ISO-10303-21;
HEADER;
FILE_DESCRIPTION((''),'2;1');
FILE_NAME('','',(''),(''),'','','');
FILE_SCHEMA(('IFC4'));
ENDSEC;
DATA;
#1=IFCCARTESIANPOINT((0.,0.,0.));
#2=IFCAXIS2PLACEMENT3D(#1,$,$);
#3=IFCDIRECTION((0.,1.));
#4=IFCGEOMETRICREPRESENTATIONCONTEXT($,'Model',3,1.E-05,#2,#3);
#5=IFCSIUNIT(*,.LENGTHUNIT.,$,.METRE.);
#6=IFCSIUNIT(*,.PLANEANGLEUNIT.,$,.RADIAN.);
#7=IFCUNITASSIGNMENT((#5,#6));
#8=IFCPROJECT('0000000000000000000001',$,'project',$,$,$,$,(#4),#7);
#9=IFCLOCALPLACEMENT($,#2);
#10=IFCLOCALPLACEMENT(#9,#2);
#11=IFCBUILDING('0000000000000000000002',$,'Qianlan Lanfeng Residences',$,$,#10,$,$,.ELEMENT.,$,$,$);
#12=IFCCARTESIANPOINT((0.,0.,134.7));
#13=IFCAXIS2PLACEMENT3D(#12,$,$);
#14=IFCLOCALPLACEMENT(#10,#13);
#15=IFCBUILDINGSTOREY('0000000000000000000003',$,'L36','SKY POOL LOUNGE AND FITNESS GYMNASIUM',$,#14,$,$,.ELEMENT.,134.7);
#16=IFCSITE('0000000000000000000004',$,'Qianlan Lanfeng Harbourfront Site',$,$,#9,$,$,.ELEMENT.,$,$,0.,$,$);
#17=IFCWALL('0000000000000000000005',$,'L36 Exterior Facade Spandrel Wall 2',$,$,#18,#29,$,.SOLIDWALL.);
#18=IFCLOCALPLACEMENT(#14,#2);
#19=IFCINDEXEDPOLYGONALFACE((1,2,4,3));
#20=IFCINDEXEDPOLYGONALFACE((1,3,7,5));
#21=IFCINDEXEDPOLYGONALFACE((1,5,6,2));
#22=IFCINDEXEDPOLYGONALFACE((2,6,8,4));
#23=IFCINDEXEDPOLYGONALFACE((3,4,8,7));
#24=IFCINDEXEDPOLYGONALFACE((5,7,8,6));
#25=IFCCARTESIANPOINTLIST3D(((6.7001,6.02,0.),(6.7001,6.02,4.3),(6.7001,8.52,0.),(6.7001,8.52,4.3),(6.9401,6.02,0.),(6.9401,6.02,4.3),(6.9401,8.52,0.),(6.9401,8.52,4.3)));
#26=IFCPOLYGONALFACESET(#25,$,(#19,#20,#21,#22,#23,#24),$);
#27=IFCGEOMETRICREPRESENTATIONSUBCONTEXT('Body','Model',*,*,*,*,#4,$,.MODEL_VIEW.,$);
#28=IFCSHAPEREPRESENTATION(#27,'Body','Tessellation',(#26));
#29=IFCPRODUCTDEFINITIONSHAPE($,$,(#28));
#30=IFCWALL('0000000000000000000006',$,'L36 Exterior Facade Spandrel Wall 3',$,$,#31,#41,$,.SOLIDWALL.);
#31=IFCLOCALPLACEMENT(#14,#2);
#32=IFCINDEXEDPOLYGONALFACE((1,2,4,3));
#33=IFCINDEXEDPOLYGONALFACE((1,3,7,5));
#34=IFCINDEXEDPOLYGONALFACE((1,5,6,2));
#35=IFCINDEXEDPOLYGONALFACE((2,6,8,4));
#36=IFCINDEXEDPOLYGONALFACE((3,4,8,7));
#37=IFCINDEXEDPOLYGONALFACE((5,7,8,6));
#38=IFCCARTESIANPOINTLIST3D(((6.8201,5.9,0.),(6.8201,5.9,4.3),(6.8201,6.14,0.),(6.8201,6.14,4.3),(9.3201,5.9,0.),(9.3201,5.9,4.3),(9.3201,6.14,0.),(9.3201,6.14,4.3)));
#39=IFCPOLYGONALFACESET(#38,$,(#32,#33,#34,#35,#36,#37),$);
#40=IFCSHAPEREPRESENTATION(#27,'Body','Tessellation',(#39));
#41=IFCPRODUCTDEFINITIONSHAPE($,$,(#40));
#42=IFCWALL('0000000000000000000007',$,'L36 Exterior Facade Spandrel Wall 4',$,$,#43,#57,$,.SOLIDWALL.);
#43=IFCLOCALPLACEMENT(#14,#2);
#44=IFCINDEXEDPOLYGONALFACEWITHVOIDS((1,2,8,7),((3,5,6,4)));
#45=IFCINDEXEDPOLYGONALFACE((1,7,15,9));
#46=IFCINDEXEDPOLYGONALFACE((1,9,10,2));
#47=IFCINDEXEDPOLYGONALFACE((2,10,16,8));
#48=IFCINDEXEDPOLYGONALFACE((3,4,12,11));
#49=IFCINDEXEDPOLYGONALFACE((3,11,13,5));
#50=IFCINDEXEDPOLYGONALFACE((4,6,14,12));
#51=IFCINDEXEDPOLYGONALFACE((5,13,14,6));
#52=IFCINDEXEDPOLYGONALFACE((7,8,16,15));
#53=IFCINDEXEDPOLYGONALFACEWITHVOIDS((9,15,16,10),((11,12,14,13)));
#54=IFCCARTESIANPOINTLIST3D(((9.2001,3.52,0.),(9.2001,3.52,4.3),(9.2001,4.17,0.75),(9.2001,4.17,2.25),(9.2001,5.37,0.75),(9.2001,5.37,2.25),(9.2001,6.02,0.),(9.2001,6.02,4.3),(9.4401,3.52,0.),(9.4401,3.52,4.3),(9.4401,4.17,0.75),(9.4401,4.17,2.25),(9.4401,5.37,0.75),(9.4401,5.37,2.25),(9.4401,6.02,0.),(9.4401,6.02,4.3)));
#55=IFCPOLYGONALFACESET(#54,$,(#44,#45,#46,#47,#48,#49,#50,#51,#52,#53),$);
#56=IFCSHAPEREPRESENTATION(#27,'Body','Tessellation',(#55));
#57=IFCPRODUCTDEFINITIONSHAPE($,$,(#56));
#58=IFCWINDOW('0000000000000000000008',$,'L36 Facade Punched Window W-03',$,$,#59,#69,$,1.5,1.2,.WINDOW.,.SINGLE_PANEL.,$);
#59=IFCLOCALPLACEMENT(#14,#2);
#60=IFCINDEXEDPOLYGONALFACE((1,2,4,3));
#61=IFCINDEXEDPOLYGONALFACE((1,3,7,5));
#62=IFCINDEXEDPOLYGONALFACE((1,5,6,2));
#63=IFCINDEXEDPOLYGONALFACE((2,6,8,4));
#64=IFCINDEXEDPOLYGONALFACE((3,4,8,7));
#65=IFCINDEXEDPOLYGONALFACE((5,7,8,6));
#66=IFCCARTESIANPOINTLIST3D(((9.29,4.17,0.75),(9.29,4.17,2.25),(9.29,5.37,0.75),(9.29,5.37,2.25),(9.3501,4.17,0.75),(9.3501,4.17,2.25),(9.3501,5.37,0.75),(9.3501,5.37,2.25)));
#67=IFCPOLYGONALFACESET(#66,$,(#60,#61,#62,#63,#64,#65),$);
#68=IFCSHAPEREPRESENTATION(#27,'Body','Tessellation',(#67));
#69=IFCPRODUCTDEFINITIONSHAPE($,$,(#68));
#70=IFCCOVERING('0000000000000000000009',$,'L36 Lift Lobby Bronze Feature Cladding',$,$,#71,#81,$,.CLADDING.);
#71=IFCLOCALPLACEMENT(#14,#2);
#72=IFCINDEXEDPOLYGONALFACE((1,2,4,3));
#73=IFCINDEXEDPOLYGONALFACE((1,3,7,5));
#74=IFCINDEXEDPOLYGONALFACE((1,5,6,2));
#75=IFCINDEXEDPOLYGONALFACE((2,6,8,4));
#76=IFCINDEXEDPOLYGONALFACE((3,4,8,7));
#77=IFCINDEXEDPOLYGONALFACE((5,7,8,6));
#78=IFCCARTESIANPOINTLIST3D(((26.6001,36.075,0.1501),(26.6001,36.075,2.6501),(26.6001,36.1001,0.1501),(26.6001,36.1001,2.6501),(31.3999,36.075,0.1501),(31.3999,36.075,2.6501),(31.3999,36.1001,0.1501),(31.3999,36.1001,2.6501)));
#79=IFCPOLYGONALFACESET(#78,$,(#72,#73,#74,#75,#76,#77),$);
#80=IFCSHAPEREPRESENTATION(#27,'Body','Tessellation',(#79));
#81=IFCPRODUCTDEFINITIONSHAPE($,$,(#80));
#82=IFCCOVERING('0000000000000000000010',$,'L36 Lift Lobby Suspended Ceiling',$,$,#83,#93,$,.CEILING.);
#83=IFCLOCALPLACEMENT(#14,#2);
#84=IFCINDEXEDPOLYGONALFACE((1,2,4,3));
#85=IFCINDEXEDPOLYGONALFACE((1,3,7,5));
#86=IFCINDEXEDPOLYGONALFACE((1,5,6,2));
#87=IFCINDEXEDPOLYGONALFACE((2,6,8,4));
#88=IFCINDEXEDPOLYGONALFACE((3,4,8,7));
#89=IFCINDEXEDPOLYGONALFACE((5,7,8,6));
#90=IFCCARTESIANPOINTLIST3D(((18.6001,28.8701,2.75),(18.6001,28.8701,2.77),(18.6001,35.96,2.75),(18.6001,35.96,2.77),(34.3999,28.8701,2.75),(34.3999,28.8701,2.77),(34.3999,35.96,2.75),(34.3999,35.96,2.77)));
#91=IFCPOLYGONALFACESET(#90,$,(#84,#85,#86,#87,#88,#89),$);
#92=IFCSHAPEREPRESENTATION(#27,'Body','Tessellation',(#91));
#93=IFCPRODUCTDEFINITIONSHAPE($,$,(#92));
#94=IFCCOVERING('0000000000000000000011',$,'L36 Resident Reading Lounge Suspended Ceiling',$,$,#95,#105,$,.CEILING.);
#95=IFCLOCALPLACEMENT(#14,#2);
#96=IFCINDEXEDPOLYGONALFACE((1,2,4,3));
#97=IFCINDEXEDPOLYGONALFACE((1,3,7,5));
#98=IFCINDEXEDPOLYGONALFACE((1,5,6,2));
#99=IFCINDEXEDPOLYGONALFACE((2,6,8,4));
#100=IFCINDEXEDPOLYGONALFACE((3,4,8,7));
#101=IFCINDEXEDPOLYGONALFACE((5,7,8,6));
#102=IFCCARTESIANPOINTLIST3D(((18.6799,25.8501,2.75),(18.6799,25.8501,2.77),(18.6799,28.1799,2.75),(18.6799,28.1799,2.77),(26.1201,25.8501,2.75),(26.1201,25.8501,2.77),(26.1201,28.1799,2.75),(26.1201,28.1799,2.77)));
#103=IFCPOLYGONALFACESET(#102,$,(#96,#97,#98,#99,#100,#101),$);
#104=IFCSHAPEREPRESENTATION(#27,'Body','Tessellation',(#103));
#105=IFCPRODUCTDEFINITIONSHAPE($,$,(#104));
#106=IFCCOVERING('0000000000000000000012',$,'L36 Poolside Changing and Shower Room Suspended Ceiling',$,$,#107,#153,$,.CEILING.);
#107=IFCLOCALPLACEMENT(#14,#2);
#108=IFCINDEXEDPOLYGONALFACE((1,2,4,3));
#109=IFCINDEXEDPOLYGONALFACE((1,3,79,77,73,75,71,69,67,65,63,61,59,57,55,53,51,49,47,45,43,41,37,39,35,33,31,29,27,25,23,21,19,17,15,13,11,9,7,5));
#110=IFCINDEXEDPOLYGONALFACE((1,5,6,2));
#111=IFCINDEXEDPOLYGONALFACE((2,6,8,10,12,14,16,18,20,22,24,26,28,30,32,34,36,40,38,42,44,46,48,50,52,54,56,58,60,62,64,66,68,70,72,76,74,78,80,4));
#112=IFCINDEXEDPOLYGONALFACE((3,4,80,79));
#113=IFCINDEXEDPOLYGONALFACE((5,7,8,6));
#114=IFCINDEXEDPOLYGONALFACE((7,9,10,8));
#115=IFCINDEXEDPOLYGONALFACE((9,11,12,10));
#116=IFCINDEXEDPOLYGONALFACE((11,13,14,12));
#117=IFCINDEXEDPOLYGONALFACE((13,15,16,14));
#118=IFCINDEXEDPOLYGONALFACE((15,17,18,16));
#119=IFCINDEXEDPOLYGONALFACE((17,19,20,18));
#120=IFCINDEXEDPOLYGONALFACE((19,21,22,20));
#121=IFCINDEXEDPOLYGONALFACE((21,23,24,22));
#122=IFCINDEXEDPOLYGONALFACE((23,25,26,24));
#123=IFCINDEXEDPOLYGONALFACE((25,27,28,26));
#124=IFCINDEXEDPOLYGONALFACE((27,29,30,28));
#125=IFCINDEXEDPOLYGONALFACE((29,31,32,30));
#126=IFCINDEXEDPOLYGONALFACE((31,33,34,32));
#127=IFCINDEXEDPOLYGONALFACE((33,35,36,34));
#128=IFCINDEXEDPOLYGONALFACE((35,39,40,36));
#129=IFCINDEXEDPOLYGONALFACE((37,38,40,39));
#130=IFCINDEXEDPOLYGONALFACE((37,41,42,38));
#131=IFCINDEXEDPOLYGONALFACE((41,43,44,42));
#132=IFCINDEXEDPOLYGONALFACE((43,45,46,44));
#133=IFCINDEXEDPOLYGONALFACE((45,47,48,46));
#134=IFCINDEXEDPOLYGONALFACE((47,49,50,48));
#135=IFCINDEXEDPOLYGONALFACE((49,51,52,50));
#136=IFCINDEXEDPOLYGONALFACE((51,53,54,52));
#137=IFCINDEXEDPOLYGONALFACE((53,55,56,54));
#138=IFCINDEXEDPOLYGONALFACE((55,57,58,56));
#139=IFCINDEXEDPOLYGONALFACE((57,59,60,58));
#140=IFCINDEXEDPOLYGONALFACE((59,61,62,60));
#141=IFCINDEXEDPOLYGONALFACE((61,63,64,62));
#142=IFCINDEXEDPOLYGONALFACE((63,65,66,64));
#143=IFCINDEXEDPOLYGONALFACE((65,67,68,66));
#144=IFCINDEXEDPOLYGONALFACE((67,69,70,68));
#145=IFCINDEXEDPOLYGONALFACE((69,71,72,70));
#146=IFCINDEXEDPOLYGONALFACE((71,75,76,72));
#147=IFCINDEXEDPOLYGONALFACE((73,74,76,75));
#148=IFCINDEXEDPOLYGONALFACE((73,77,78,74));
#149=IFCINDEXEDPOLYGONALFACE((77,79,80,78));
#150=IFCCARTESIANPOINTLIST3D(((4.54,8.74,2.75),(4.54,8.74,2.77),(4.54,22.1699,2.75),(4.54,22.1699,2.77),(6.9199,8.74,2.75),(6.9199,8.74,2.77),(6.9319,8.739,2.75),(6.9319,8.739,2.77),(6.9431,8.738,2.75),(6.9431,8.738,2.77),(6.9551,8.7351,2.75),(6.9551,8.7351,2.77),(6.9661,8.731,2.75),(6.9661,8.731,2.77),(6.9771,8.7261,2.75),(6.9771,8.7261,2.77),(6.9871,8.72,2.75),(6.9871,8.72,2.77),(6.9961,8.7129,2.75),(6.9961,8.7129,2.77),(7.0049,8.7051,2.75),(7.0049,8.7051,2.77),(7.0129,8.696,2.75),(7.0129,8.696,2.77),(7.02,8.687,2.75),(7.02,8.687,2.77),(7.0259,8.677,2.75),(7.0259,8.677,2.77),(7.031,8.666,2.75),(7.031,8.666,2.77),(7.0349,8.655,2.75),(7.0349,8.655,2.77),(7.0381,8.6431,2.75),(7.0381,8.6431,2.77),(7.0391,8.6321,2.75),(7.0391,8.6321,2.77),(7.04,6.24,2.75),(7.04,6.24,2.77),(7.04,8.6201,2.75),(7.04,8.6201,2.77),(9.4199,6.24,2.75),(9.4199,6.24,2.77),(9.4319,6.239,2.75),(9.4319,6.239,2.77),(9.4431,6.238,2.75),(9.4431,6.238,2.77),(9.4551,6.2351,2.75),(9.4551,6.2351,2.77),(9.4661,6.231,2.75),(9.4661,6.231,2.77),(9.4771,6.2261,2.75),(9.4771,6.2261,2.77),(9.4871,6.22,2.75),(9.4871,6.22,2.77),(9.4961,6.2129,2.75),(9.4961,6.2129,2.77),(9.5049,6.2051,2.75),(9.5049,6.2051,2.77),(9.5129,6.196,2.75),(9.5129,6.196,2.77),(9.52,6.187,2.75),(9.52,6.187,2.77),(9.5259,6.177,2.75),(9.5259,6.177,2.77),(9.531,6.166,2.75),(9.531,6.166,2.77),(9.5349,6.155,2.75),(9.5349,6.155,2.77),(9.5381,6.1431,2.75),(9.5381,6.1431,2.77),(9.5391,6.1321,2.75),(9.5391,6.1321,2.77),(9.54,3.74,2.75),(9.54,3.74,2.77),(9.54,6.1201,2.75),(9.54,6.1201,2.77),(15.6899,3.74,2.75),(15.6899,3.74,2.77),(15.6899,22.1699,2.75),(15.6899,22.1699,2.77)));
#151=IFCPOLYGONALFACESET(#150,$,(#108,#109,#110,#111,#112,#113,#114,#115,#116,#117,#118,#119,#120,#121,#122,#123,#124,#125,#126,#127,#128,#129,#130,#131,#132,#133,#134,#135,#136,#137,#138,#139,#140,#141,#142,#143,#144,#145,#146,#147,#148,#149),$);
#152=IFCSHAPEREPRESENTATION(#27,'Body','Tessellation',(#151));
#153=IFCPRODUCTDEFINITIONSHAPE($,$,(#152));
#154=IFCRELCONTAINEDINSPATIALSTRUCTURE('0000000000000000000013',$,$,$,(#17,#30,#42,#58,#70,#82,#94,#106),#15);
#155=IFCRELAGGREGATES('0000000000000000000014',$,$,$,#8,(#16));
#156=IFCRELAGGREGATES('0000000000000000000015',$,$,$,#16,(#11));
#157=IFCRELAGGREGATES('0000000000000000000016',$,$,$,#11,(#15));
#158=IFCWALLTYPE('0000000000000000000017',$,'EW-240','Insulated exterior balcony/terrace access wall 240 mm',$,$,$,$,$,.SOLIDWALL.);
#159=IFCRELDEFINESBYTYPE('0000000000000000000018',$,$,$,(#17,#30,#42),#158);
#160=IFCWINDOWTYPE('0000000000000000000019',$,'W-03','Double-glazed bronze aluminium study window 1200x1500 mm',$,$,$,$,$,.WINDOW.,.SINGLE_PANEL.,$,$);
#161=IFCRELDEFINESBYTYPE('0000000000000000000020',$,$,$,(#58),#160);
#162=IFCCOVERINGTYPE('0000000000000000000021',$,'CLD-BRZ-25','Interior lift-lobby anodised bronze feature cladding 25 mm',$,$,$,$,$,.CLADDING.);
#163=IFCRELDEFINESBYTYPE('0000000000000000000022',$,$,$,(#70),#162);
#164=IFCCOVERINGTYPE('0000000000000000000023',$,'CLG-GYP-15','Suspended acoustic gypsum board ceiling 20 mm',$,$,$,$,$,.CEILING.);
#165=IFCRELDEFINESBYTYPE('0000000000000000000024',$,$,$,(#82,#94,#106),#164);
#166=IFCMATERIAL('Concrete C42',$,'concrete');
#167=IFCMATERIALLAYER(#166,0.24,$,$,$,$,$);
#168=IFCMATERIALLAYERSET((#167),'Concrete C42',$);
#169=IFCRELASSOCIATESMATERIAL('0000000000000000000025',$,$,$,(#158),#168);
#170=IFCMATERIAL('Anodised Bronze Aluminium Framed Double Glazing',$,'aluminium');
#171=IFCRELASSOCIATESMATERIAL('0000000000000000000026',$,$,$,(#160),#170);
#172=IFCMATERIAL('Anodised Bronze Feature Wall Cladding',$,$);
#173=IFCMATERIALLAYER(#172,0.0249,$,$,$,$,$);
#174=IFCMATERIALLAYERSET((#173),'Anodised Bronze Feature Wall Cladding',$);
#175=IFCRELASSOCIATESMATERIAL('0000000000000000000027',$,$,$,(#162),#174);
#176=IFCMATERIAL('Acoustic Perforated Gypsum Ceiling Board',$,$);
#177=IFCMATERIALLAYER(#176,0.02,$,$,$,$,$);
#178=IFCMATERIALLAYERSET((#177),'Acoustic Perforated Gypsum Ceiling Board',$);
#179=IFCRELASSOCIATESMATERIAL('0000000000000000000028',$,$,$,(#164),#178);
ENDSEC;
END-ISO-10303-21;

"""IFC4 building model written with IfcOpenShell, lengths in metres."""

from ifc_helpers import new_model, si_unit, direction, frame, frame_2d, origin, place, context, subcontext, project, spatial, polyline, rectangle, outline, extrude, material, layer, layer_set, type_object, element, fill, save


model = new_model("IFC4")

# Units and contexts
model_context = context("Model", 3, precision=1e-05, world=origin(), true_north=direction((0.0, 1.0)))
body_context = subcontext(model_context, "Body", "Model", "MODEL_VIEW")
ifc_project = project(units=[si_unit("LENGTHUNIT", "METRE"), si_unit("PLANEANGLEUNIT", "RADIAN")], contexts=[model_context])

# Site, building, storey
site_placement = place(None, origin())
site = spatial("IfcSite", under=ifc_project, at=site_placement, Name="Qianlan Lanfeng Harbourfront Site", CompositionType="ELEMENT", RefElevation=0.0)
building_placement = place(site_placement, origin())
building = spatial("IfcBuilding", under=site, at=building_placement, Name="Qianlan Lanfeng Residences", CompositionType="ELEMENT")
storey_placement = place(building_placement, frame((0.0, 0.0, 134.7)))
storey = spatial("IfcBuildingStorey", under=building, at=storey_placement, Name="L36", Description="SKY POOL LOUNGE AND FITNESS GYMNASIUM", CompositionType="ELEMENT", Elevation=134.7)

# Shared definitions
ifc_material_1 = material(Name="Concrete C42", Category="concrete")

# Walls
ifc_layer_1 = layer(ifc_material_1, 0.24)
ifc_layer_set_1 = layer_set([ifc_layer_1], Name="Concrete C42")
wall_type = type_object("IfcWallType", Name="EW-240", Description="Insulated exterior balcony/terrace access wall 240 mm", PredefinedType="SOLIDWALL", material=ifc_layer_set_1)
for number, where, z_axis, x_axis, name in (
    (1, (6.8201, 8.52, 0.0), (0.0, 0.0, 1.0), (0.0, -1.0, 0.0), "L36 Exterior Facade Spandrel Wall 2"),
    (2, (6.8201, 6.02, 0.0), (0.0, 0.0, 1.0), (1.0, 0.0, 0.0), "L36 Exterior Facade Spandrel Wall 3"),
):
    element("IfcWall", number, at=place(storey_placement, frame(where, z_axis=z_axis, x_axis=x_axis)), inside=storey, type_object=wall_type, Name=name, PredefinedType="SOLIDWALL", context=body_context, shape_type="SweptSolid", body=[
        extrude(rectangle(XDim=2.5, YDim=0.24, at=frame_2d((1.25, 0.0))), origin(), (0.0, 0.0, 1.0), 4.3),
    ])

# Wall, opening, window
wall_placement = place(storey_placement, frame((9.3201, 6.02, 0.0), z_axis=(0.0, 0.0, 1.0), x_axis=(0.0, -1.0, 0.0)))
wall = element("IfcWall", 3, at=wall_placement, inside=storey, type_object=wall_type, Name="L36 Exterior Facade Spandrel Wall 4", PredefinedType="SOLIDWALL", context=body_context, shape_type="SweptSolid", body=[
    extrude(rectangle(XDim=2.5, YDim=0.24, at=frame_2d((1.25, 0.0))), origin(), (0.0, 0.0, 1.0), 4.3),
])
opening_placement = place(wall_placement, frame((0.6499, 0.0, 0.75)))
opening = element("IfcOpeningElement", 4, at=opening_placement, cuts=wall, PredefinedType="OPENING", context=body_context, shape_type="SweptSolid", body=[
    extrude(rectangle(XDim=1.2, YDim=1.5, at=frame_2d((0.6001, 0.75))), frame((0.0, 0.1299, 0.0), z_axis=(0.0, -1.0, 0.0), x_axis=(1.0, 0.0, 0.0)), (0.0, 0.0, 1.0), 0.26),
])
ifc_material_2 = material(Name="Anodised Bronze Aluminium Framed Double Glazing", Category="aluminium")
window_type = type_object("IfcWindowType", Name="W-03", Description="Double-glazed bronze aluminium study window 1200x1500 mm", PartitioningType="SINGLE_PANEL", PredefinedType="WINDOW", material=ifc_material_2)
window_placement = place(opening_placement, origin())
window = element("IfcWindow", 5, at=window_placement, inside=storey, type_object=window_type, Name="L36 Facade Punched Window W-03", OverallHeight=1.5, OverallWidth=1.2, PartitioningType="SINGLE_PANEL", PredefinedType="WINDOW", context=body_context, shape_type="SweptSolid", body=[
    extrude(rectangle(XDim=1.2, YDim=1.5, at=frame_2d((0.6001, 0.75))), frame((0.0, 0.03, 0.0), z_axis=(0.0, -1.0, 0.0), x_axis=(1.0, 0.0, 0.0)), (0.0, 0.0, 1.0), 0.0601),
])
fill(opening, window)

# Coverings
ifc_material_3 = material(Name="Anodised Bronze Feature Wall Cladding")
ifc_layer_2 = layer(ifc_material_3, 0.0249)
ifc_layer_set_2 = layer_set([ifc_layer_2], Name="Anodised Bronze Feature Wall Cladding")
covering_type_1 = type_object("IfcCoveringType", Name="CLD-BRZ-25", Description="Interior lift-lobby anodised bronze feature cladding 25 mm", PredefinedType="CLADDING", material=ifc_layer_set_2)
covering_1_placement = place(storey_placement, frame((0.0, 0.0, 0.1501)))
element("IfcCovering", 6, at=covering_1_placement, inside=storey, type_object=covering_type_1, Name="L36 Lift Lobby Bronze Feature Cladding", PredefinedType="CLADDING", context=body_context, shape_type="SweptSolid", body=[
    extrude(outline(polyline([(26.6001, 36.075), (31.3999, 36.075), (31.3999, 36.1001), (26.6001, 36.1001), (26.6001, 36.075)])), origin(), (0.0, 0.0, 1.0), 2.5),
])
ifc_material_4 = material(Name="Acoustic Perforated Gypsum Ceiling Board")
ifc_layer_3 = layer(ifc_material_4, 0.02)
ifc_layer_set_3 = layer_set([ifc_layer_3], Name="Acoustic Perforated Gypsum Ceiling Board")
covering_type_2 = type_object("IfcCoveringType", Name="CLG-GYP-15", Description="Suspended acoustic gypsum board ceiling 20 mm", PredefinedType="CEILING", material=ifc_layer_set_3)
covering_2_placement = place(storey_placement, frame((0.0, 0.0, 2.75)))
element("IfcCovering", 7, at=covering_2_placement, inside=storey, type_object=covering_type_2, Name="L36 Lift Lobby Suspended Ceiling", PredefinedType="CEILING", context=body_context, shape_type="SweptSolid", body=[
    extrude(outline(polyline([(18.6001, 28.8701), (34.3999, 28.8701), (34.3999, 35.96), (18.6001, 35.96), (18.6001, 28.8701)])), origin(), (0.0, 0.0, 1.0), 0.02),
])
covering_3_placement = place(storey_placement, frame((0.0, 0.0, 2.75)))
element("IfcCovering", 8, at=covering_3_placement, inside=storey, type_object=covering_type_2, Name="L36 Resident Reading Lounge Suspended Ceiling", PredefinedType="CEILING", context=body_context, shape_type="SweptSolid", body=[
    extrude(outline(polyline([(18.6799, 25.8501), (26.1201, 25.8501), (26.1201, 28.1799), (18.6799, 28.1799), (18.6799, 25.8501)])), origin(), (0.0, 0.0, 1.0), 0.02),
])
covering_4_placement = place(storey_placement, frame((0.0, 0.0, 2.75)))
element("IfcCovering", 9, at=covering_4_placement, inside=storey, type_object=covering_type_2, Name="L36 Poolside Changing and Shower Room Suspended Ceiling", PredefinedType="CEILING", context=body_context, shape_type="SweptSolid", body=[
    extrude(outline(polyline([(15.6899, 22.1699), (4.54, 22.1699), (4.54, 8.74), (6.9199, 8.74), (6.9319, 8.739), (6.9431, 8.738), (6.9551, 8.7351), (6.9661, 8.731), (6.9771, 8.7261), (6.9871, 8.72), (6.9961, 8.7129), (7.0049, 8.7051), (7.0129, 8.696), (7.02, 8.687), (7.0259, 8.677), (7.031, 8.666), (7.0349, 8.655), (7.0381, 8.6431), (7.0391, 8.6321), (7.04, 8.6201), (7.04, 6.24), (9.4199, 6.24), (9.4319, 6.239), (9.4431, 6.238), (9.4551, 6.2351), (9.4661, 6.231), (9.4771, 6.2261), (9.4871, 6.22), (9.4961, 6.2129), (9.5049, 6.2051), (9.5129, 6.196), (9.52, 6.187), (9.5259, 6.177), (9.531, 6.166), (9.5349, 6.155), (9.5381, 6.1431), (9.5391, 6.1321), (9.54, 6.1201), (9.54, 3.74), (15.6899, 3.74), (15.6899, 22.1699)])), origin(), (0.0, 0.0, 1.0), 0.02),
])

save(model, "model.ifc")
